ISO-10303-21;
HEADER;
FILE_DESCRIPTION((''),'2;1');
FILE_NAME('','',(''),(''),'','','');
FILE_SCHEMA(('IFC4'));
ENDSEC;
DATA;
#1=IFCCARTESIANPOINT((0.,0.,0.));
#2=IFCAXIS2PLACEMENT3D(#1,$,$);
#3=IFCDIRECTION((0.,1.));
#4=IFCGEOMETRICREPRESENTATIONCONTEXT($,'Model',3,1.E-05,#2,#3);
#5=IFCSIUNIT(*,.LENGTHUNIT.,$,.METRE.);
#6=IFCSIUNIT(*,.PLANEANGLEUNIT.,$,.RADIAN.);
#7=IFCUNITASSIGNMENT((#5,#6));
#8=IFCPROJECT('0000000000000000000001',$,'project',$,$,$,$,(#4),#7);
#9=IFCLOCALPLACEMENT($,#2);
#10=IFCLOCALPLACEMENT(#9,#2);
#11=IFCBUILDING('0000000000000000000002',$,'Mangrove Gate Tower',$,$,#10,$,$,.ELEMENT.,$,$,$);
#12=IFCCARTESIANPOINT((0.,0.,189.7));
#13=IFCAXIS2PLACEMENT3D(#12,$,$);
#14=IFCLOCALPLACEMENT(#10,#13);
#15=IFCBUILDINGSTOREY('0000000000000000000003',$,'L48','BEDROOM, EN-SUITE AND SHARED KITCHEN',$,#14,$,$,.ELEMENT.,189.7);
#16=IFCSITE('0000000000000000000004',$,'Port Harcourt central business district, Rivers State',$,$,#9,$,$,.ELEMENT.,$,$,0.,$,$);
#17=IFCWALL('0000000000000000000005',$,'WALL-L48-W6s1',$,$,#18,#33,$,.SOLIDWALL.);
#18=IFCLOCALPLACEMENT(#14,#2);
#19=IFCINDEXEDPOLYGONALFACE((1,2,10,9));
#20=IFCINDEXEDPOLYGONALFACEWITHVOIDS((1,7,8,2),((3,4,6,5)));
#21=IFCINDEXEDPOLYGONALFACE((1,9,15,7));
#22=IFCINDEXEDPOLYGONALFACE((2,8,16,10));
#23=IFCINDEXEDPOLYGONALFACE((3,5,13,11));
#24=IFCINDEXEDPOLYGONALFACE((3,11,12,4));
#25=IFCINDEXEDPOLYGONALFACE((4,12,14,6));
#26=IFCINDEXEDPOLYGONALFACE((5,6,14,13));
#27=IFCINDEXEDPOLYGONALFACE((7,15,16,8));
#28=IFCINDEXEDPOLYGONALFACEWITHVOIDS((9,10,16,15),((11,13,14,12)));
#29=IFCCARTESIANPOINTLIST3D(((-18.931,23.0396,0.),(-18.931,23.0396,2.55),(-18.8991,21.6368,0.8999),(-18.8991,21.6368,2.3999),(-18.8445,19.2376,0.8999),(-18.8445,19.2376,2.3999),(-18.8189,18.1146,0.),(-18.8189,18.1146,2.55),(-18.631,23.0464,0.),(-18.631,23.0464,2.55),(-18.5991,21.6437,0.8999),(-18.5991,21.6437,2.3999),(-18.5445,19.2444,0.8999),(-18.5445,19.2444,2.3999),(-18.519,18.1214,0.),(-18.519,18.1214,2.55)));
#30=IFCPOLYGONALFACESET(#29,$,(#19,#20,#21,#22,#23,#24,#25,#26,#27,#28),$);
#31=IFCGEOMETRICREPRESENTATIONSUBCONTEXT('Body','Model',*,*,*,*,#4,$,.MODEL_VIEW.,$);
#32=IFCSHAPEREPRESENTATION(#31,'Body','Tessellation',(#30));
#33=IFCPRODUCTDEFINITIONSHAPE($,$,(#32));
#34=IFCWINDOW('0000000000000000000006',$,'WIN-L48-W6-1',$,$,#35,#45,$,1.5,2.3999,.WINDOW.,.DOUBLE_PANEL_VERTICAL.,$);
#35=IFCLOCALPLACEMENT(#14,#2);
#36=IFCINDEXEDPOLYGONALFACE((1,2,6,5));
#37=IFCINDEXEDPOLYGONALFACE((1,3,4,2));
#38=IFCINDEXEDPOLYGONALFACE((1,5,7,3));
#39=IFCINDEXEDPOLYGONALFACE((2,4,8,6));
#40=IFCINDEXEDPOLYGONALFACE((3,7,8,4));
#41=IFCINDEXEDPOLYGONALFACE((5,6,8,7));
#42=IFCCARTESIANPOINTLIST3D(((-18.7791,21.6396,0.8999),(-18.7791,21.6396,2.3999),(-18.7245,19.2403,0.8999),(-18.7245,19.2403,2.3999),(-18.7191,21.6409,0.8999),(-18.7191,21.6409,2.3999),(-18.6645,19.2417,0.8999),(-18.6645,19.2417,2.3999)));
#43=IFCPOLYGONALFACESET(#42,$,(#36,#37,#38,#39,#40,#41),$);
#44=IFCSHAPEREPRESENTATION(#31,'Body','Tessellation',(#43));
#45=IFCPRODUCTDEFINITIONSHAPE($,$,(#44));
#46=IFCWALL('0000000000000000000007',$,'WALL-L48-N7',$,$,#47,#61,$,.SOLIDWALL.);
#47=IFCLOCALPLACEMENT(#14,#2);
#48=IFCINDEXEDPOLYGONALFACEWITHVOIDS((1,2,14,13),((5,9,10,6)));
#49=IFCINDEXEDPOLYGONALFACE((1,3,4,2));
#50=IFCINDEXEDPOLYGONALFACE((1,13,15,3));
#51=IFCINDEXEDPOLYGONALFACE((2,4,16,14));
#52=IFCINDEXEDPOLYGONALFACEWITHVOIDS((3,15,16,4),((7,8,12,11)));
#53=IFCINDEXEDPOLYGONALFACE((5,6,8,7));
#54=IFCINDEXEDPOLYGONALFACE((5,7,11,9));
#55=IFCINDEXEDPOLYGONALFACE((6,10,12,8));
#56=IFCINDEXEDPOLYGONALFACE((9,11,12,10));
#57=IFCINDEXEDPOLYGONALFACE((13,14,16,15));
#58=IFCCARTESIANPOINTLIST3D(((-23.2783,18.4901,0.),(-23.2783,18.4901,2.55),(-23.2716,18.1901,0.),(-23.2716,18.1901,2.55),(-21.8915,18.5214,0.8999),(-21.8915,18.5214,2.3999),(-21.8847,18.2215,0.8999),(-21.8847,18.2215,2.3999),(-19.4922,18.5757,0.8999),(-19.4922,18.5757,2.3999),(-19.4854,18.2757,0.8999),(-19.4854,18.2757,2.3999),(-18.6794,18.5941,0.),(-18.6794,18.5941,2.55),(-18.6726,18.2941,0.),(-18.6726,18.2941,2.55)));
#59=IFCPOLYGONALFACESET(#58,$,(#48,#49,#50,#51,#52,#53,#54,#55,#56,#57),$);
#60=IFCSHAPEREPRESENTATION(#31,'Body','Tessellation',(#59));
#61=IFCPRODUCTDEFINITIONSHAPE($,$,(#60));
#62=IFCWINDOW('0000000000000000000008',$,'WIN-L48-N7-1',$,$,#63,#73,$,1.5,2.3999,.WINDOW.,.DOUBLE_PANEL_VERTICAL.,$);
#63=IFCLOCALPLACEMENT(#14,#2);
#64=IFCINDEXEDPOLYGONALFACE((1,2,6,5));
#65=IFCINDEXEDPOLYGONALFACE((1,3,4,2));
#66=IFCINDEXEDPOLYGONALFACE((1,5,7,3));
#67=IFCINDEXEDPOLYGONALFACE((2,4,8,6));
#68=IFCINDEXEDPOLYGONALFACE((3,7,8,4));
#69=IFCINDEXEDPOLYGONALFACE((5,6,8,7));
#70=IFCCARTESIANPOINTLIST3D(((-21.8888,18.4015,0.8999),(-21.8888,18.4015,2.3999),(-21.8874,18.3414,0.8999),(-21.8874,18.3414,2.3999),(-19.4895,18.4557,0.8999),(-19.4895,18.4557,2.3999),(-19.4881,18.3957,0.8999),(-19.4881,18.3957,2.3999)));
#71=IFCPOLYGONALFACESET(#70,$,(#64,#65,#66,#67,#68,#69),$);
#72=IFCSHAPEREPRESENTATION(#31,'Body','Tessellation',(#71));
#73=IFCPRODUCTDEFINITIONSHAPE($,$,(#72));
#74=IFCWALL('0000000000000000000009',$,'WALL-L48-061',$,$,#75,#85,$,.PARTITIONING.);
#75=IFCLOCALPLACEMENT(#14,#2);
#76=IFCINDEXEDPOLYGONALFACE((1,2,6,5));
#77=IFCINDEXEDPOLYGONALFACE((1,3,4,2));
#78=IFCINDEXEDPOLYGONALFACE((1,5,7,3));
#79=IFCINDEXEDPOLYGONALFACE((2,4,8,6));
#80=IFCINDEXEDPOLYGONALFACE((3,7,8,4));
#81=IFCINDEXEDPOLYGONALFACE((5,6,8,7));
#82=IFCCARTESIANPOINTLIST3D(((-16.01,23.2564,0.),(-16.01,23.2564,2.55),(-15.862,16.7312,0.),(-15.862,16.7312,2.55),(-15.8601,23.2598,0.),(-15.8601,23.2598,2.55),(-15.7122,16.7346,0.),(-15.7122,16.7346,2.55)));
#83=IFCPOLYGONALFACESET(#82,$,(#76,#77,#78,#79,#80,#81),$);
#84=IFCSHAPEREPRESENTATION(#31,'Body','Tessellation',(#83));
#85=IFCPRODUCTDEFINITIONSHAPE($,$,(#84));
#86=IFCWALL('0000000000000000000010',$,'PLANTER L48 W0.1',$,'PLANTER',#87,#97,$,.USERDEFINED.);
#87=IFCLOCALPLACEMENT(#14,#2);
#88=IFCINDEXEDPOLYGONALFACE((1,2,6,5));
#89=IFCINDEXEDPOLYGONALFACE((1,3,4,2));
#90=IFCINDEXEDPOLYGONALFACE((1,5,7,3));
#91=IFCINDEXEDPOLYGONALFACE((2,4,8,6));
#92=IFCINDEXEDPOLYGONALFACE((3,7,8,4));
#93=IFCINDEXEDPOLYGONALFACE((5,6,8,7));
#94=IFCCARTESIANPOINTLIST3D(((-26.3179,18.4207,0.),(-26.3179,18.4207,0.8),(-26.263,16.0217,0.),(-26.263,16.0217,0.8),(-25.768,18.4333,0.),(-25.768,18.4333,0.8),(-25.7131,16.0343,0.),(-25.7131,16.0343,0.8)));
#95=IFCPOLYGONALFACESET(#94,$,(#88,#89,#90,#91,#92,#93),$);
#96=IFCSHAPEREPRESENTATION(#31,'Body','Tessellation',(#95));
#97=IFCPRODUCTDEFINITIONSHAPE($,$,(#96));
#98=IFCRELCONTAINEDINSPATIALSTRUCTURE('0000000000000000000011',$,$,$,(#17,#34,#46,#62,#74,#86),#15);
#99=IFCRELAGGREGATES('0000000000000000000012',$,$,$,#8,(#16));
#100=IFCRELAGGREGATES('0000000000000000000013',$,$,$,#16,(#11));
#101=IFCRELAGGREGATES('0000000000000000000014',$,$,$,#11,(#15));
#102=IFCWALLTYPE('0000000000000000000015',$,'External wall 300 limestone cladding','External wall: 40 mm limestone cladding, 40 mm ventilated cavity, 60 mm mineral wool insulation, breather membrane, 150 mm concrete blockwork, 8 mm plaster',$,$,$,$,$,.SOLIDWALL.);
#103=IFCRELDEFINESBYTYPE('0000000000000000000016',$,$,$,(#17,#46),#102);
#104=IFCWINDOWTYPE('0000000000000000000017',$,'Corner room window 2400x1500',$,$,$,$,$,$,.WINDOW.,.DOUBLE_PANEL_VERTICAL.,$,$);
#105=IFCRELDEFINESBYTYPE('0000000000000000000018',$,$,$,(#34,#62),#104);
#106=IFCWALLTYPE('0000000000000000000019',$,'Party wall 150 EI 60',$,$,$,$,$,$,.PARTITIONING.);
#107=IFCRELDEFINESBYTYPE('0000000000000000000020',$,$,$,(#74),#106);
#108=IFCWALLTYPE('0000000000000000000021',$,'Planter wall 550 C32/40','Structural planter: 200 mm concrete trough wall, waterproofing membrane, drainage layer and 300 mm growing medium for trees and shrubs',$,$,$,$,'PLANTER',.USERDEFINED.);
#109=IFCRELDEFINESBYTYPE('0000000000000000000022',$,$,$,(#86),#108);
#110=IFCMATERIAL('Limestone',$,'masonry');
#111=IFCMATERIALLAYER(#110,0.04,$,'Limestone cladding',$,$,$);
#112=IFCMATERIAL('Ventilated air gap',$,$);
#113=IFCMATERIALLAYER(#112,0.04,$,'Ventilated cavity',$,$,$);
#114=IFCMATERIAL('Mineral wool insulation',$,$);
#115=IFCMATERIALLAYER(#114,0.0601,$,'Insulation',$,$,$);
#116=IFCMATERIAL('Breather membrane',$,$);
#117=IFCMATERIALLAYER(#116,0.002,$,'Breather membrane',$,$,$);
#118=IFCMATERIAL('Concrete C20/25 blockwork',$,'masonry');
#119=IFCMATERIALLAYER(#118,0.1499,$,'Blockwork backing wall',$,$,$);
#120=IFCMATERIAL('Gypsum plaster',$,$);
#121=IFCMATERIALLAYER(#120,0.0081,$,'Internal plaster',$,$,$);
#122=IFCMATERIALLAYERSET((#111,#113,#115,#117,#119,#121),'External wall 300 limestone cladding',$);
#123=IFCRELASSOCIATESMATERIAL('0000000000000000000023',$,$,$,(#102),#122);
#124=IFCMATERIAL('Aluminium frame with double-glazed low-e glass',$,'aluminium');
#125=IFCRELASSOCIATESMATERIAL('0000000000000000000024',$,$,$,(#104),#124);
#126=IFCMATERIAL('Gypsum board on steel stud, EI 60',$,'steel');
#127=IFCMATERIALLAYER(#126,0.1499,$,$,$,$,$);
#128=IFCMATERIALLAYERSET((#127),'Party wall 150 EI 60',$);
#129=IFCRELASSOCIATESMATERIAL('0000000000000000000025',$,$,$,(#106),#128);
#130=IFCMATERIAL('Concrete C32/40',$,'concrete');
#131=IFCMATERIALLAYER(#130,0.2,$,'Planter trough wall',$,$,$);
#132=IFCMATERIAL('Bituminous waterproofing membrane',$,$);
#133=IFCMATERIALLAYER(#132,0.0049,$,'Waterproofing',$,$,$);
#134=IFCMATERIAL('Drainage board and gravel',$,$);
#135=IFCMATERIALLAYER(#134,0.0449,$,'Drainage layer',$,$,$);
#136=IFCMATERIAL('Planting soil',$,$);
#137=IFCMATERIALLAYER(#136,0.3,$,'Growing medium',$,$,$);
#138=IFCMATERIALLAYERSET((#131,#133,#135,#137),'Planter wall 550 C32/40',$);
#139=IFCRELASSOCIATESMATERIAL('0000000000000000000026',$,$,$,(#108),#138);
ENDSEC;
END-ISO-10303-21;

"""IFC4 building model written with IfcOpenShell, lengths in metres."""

from ifc_helpers import new_model, si_unit, direction, frame, frame_2d, origin, place, context, subcontext, project, spatial, rectangle, extrude, material, layer, layer_set, type_object, element, fill, save


model = new_model("IFC4")

# Units and contexts
model_context = context("Model", 3, precision=1e-05, world=origin(), true_north=direction((0.0, 1.0)))
body_context = subcontext(model_context, "Body", "Model", "MODEL_VIEW")
ifc_project = project(units=[si_unit("LENGTHUNIT", "METRE"), si_unit("PLANEANGLEUNIT", "RADIAN")], contexts=[model_context])

# Site, building, storey
site_placement = place(None, origin())
site = spatial("IfcSite", under=ifc_project, at=site_placement, Name="Port Harcourt central business district, Rivers State", CompositionType="ELEMENT", RefElevation=0.0)
building_placement = place(site_placement, origin())
building = spatial("IfcBuilding", under=site, at=building_placement, Name="Mangrove Gate Tower", CompositionType="ELEMENT")
storey_placement = place(building_placement, frame((0.0, 0.0, 189.7)))
storey = spatial("IfcBuildingStorey", under=building, at=storey_placement, Name="L48", Description="BEDROOM, EN-SUITE AND SHARED KITCHEN", CompositionType="ELEMENT", Elevation=189.7)

# Walls, openings, windows
ifc_material_1 = material(Name="Limestone", Category="masonry")
ifc_layer_1 = layer(ifc_material_1, 0.04, Name="Limestone cladding")
ifc_material_2 = material(Name="Ventilated air gap")
ifc_layer_2 = layer(ifc_material_2, 0.04, Name="Ventilated cavity")
ifc_material_3 = material(Name="Mineral wool insulation")
ifc_layer_3 = layer(ifc_material_3, 0.0601, Name="Insulation")
ifc_material_4 = material(Name="Breather membrane")
ifc_layer_4 = layer(ifc_material_4, 0.002, Name="Breather membrane")
ifc_material_5 = material(Name="Concrete C20/25 blockwork", Category="masonry")
ifc_layer_5 = layer(ifc_material_5, 0.1499, Name="Blockwork backing wall")
ifc_material_6 = material(Name="Gypsum plaster")
ifc_layer_6 = layer(ifc_material_6, 0.0081, Name="Internal plaster")
ifc_layer_set_1 = layer_set([ifc_layer_1, ifc_layer_2, ifc_layer_3, ifc_layer_4, ifc_layer_5, ifc_layer_6], Name="External wall 300 limestone cladding")
wall_type_1 = type_object("IfcWallType", Name="External wall 300 limestone cladding", Description="External wall: 40 mm limestone cladding, 40 mm ventilated cavity, 60 mm mineral wool insulation, breather membrane, 150 mm concrete blockwork, 8 mm plaster", PredefinedType="SOLIDWALL", material=ifc_layer_set_1)
wall_1_placement = place(storey_placement, frame((-18.781, 23.043, 0.0), z_axis=(0.0, 0.0, 1.0), x_axis=(0.022747, -0.999741, 0.0)))
wall_1 = element("IfcWall", 1, at=wall_1_placement, inside=storey, type_object=wall_type_1, Name="WALL-L48-W6s1", PredefinedType="SOLIDWALL", context=body_context, shape_type="SweptSolid", body=[
    extrude(rectangle(XDim=4.9263, YDim=0.3, at=frame_2d((2.4631, 0.0))), origin(), (0.0, 0.0, 1.0), 2.55),
])
opening_1_placement = place(wall_1_placement, frame((1.4031, 0.0, 0.8999)))
opening_1 = element("IfcOpeningElement", 2, at=opening_1_placement, cuts=wall_1, PredefinedType="OPENING", context=body_context, shape_type="SweptSolid", body=[
    extrude(rectangle(XDim=2.3999, YDim=1.5, at=frame_2d((1.2, 0.75))), frame((0.0, 0.1599, 0.0), z_axis=(0.0, -1.0, 0.0), x_axis=(1.0, 0.0, 0.0)), (0.0, 0.0, 1.0), 0.3201),
])
ifc_material_7 = material(Name="Aluminium frame with double-glazed low-e glass", Category="aluminium")
window_type = type_object("IfcWindowType", Name="Corner room window 2400x1500", PartitioningType="DOUBLE_PANEL_VERTICAL", PredefinedType="WINDOW", material=ifc_material_7)
window_1_placement = place(opening_1_placement, origin())
window_1 = element("IfcWindow", 3, at=window_1_placement, inside=storey, type_object=window_type, Name="WIN-L48-W6-1", OverallHeight=1.5, OverallWidth=2.3999, PartitioningType="DOUBLE_PANEL_VERTICAL", PredefinedType="WINDOW", context=body_context, shape_type="SweptSolid", body=[
    extrude(rectangle(XDim=2.3999, YDim=1.5, at=frame_2d((1.2, 0.75))), frame((0.0, 0.03, 0.0), z_axis=(0.0, -1.0, 0.0), x_axis=(1.0, 0.0, 0.0)), (0.0, 0.0, 1.0), 0.0601),
])
fill(opening_1, window_1)
wall_2_placement = place(storey_placement, frame((-18.676, 18.4441, 0.0), z_axis=(0.0, 0.0, 1.0), x_axis=(-0.999744, -0.022609, 0.0)))
wall_2 = element("IfcWall", 4, at=wall_2_placement, inside=storey, type_object=wall_type_1, Name="WALL-L48-N7", PredefinedType="SOLIDWALL", context=body_context, shape_type="SweptSolid", body=[
    extrude(rectangle(XDim=4.6001, YDim=0.3, at=frame_2d((2.3, 0.0))), origin(), (0.0, 0.0, 1.0), 2.55),
])
opening_2_placement = place(wall_2_placement, frame((0.813, 0.0, 0.8999)))
opening_2 = element("IfcOpeningElement", 5, at=opening_2_placement, cuts=wall_2, PredefinedType="OPENING", context=body_context, shape_type="SweptSolid", body=[
    extrude(rectangle(XDim=2.3999, YDim=1.5, at=frame_2d((1.2, 0.75))), frame((0.0, 0.1599, 0.0), z_axis=(0.0, -1.0, 0.0), x_axis=(1.0, 0.0, 0.0)), (0.0, 0.0, 1.0), 0.3201),
])
window_2_placement = place(opening_2_placement, origin())
window_2 = element("IfcWindow", 6, at=window_2_placement, inside=storey, type_object=window_type, Name="WIN-L48-N7-1", OverallHeight=1.5, OverallWidth=2.3999, PartitioningType="DOUBLE_PANEL_VERTICAL", PredefinedType="WINDOW", context=body_context, shape_type="SweptSolid", body=[
    extrude(rectangle(XDim=2.3999, YDim=1.5, at=frame_2d((1.2, 0.75))), frame((0.0, 0.03, 0.0), z_axis=(0.0, -1.0, 0.0), x_axis=(1.0, 0.0, 0.0)), (0.0, 0.0, 1.0), 0.0601),
])
fill(opening_2, window_2)

# Walls
ifc_material_8 = material(Name="Gypsum board on steel stud, EI 60", Category="steel")
ifc_layer_7 = layer(ifc_material_8, 0.1499)
ifc_layer_set_2 = layer_set([ifc_layer_7], Name="Party wall 150 EI 60")
wall_type_2 = type_object("IfcWallType", Name="Party wall 150 EI 60", PredefinedType="PARTITIONING", material=ifc_layer_set_2)
wall_3_placement = place(storey_placement, frame((-15.7871, 16.7329, 0.0), z_axis=(0.0, 0.0, 1.0), x_axis=(-0.022668, 0.999743, 0.0)))
element("IfcWall", 7, at=wall_3_placement, inside=storey, type_object=wall_type_2, Name="WALL-L48-061", PredefinedType="PARTITIONING", context=body_context, shape_type="SweptSolid", body=[
    extrude(rectangle(XDim=6.5269, YDim=0.1499, at=frame_2d((3.2634, 0.0))), origin(), (0.0, 0.0, 1.0), 2.55),
])
ifc_material_9 = material(Name="Concrete C32/40", Category="concrete")
ifc_layer_8 = layer(ifc_material_9, 0.2, Name="Planter trough wall")
ifc_material_10 = material(Name="Bituminous waterproofing membrane")
ifc_layer_9 = layer(ifc_material_10, 0.0049, Name="Waterproofing")
ifc_material_11 = material(Name="Drainage board and gravel")
ifc_layer_10 = layer(ifc_material_11, 0.0449, Name="Drainage layer")
ifc_material_12 = material(Name="Planting soil")
ifc_layer_11 = layer(ifc_material_12, 0.3, Name="Growing medium")
ifc_layer_set_3 = layer_set([ifc_layer_8, ifc_layer_9, ifc_layer_10, ifc_layer_11], Name="Planter wall 550 C32/40")
wall_type_3 = type_object("IfcWallType", Name="Planter wall 550 C32/40", Description="Structural planter: 200 mm concrete trough wall, waterproofing membrane, drainage layer and 300 mm growing medium for trees and shrubs", ElementType="PLANTER", PredefinedType="USERDEFINED", material=ifc_layer_set_3)
wall_4_placement = place(storey_placement, frame((-25.988, 16.0281, 0.0), z_axis=(0.0, 0.0, 1.0), x_axis=(-0.022892, 0.999738, 0.0)))
element("IfcWall", 8, at=wall_4_placement, inside=storey, type_object=wall_type_3, Name="PLANTER L48 W0.1", ObjectType="PLANTER", PredefinedType="USERDEFINED", context=body_context, shape_type="SweptSolid", body=[
    extrude(rectangle(XDim=2.3997, YDim=0.55, at=frame_2d((1.1997, 0.0))), origin(), (0.0, 0.0, 1.0), 0.8),
])

save(model, "model.ifc")
